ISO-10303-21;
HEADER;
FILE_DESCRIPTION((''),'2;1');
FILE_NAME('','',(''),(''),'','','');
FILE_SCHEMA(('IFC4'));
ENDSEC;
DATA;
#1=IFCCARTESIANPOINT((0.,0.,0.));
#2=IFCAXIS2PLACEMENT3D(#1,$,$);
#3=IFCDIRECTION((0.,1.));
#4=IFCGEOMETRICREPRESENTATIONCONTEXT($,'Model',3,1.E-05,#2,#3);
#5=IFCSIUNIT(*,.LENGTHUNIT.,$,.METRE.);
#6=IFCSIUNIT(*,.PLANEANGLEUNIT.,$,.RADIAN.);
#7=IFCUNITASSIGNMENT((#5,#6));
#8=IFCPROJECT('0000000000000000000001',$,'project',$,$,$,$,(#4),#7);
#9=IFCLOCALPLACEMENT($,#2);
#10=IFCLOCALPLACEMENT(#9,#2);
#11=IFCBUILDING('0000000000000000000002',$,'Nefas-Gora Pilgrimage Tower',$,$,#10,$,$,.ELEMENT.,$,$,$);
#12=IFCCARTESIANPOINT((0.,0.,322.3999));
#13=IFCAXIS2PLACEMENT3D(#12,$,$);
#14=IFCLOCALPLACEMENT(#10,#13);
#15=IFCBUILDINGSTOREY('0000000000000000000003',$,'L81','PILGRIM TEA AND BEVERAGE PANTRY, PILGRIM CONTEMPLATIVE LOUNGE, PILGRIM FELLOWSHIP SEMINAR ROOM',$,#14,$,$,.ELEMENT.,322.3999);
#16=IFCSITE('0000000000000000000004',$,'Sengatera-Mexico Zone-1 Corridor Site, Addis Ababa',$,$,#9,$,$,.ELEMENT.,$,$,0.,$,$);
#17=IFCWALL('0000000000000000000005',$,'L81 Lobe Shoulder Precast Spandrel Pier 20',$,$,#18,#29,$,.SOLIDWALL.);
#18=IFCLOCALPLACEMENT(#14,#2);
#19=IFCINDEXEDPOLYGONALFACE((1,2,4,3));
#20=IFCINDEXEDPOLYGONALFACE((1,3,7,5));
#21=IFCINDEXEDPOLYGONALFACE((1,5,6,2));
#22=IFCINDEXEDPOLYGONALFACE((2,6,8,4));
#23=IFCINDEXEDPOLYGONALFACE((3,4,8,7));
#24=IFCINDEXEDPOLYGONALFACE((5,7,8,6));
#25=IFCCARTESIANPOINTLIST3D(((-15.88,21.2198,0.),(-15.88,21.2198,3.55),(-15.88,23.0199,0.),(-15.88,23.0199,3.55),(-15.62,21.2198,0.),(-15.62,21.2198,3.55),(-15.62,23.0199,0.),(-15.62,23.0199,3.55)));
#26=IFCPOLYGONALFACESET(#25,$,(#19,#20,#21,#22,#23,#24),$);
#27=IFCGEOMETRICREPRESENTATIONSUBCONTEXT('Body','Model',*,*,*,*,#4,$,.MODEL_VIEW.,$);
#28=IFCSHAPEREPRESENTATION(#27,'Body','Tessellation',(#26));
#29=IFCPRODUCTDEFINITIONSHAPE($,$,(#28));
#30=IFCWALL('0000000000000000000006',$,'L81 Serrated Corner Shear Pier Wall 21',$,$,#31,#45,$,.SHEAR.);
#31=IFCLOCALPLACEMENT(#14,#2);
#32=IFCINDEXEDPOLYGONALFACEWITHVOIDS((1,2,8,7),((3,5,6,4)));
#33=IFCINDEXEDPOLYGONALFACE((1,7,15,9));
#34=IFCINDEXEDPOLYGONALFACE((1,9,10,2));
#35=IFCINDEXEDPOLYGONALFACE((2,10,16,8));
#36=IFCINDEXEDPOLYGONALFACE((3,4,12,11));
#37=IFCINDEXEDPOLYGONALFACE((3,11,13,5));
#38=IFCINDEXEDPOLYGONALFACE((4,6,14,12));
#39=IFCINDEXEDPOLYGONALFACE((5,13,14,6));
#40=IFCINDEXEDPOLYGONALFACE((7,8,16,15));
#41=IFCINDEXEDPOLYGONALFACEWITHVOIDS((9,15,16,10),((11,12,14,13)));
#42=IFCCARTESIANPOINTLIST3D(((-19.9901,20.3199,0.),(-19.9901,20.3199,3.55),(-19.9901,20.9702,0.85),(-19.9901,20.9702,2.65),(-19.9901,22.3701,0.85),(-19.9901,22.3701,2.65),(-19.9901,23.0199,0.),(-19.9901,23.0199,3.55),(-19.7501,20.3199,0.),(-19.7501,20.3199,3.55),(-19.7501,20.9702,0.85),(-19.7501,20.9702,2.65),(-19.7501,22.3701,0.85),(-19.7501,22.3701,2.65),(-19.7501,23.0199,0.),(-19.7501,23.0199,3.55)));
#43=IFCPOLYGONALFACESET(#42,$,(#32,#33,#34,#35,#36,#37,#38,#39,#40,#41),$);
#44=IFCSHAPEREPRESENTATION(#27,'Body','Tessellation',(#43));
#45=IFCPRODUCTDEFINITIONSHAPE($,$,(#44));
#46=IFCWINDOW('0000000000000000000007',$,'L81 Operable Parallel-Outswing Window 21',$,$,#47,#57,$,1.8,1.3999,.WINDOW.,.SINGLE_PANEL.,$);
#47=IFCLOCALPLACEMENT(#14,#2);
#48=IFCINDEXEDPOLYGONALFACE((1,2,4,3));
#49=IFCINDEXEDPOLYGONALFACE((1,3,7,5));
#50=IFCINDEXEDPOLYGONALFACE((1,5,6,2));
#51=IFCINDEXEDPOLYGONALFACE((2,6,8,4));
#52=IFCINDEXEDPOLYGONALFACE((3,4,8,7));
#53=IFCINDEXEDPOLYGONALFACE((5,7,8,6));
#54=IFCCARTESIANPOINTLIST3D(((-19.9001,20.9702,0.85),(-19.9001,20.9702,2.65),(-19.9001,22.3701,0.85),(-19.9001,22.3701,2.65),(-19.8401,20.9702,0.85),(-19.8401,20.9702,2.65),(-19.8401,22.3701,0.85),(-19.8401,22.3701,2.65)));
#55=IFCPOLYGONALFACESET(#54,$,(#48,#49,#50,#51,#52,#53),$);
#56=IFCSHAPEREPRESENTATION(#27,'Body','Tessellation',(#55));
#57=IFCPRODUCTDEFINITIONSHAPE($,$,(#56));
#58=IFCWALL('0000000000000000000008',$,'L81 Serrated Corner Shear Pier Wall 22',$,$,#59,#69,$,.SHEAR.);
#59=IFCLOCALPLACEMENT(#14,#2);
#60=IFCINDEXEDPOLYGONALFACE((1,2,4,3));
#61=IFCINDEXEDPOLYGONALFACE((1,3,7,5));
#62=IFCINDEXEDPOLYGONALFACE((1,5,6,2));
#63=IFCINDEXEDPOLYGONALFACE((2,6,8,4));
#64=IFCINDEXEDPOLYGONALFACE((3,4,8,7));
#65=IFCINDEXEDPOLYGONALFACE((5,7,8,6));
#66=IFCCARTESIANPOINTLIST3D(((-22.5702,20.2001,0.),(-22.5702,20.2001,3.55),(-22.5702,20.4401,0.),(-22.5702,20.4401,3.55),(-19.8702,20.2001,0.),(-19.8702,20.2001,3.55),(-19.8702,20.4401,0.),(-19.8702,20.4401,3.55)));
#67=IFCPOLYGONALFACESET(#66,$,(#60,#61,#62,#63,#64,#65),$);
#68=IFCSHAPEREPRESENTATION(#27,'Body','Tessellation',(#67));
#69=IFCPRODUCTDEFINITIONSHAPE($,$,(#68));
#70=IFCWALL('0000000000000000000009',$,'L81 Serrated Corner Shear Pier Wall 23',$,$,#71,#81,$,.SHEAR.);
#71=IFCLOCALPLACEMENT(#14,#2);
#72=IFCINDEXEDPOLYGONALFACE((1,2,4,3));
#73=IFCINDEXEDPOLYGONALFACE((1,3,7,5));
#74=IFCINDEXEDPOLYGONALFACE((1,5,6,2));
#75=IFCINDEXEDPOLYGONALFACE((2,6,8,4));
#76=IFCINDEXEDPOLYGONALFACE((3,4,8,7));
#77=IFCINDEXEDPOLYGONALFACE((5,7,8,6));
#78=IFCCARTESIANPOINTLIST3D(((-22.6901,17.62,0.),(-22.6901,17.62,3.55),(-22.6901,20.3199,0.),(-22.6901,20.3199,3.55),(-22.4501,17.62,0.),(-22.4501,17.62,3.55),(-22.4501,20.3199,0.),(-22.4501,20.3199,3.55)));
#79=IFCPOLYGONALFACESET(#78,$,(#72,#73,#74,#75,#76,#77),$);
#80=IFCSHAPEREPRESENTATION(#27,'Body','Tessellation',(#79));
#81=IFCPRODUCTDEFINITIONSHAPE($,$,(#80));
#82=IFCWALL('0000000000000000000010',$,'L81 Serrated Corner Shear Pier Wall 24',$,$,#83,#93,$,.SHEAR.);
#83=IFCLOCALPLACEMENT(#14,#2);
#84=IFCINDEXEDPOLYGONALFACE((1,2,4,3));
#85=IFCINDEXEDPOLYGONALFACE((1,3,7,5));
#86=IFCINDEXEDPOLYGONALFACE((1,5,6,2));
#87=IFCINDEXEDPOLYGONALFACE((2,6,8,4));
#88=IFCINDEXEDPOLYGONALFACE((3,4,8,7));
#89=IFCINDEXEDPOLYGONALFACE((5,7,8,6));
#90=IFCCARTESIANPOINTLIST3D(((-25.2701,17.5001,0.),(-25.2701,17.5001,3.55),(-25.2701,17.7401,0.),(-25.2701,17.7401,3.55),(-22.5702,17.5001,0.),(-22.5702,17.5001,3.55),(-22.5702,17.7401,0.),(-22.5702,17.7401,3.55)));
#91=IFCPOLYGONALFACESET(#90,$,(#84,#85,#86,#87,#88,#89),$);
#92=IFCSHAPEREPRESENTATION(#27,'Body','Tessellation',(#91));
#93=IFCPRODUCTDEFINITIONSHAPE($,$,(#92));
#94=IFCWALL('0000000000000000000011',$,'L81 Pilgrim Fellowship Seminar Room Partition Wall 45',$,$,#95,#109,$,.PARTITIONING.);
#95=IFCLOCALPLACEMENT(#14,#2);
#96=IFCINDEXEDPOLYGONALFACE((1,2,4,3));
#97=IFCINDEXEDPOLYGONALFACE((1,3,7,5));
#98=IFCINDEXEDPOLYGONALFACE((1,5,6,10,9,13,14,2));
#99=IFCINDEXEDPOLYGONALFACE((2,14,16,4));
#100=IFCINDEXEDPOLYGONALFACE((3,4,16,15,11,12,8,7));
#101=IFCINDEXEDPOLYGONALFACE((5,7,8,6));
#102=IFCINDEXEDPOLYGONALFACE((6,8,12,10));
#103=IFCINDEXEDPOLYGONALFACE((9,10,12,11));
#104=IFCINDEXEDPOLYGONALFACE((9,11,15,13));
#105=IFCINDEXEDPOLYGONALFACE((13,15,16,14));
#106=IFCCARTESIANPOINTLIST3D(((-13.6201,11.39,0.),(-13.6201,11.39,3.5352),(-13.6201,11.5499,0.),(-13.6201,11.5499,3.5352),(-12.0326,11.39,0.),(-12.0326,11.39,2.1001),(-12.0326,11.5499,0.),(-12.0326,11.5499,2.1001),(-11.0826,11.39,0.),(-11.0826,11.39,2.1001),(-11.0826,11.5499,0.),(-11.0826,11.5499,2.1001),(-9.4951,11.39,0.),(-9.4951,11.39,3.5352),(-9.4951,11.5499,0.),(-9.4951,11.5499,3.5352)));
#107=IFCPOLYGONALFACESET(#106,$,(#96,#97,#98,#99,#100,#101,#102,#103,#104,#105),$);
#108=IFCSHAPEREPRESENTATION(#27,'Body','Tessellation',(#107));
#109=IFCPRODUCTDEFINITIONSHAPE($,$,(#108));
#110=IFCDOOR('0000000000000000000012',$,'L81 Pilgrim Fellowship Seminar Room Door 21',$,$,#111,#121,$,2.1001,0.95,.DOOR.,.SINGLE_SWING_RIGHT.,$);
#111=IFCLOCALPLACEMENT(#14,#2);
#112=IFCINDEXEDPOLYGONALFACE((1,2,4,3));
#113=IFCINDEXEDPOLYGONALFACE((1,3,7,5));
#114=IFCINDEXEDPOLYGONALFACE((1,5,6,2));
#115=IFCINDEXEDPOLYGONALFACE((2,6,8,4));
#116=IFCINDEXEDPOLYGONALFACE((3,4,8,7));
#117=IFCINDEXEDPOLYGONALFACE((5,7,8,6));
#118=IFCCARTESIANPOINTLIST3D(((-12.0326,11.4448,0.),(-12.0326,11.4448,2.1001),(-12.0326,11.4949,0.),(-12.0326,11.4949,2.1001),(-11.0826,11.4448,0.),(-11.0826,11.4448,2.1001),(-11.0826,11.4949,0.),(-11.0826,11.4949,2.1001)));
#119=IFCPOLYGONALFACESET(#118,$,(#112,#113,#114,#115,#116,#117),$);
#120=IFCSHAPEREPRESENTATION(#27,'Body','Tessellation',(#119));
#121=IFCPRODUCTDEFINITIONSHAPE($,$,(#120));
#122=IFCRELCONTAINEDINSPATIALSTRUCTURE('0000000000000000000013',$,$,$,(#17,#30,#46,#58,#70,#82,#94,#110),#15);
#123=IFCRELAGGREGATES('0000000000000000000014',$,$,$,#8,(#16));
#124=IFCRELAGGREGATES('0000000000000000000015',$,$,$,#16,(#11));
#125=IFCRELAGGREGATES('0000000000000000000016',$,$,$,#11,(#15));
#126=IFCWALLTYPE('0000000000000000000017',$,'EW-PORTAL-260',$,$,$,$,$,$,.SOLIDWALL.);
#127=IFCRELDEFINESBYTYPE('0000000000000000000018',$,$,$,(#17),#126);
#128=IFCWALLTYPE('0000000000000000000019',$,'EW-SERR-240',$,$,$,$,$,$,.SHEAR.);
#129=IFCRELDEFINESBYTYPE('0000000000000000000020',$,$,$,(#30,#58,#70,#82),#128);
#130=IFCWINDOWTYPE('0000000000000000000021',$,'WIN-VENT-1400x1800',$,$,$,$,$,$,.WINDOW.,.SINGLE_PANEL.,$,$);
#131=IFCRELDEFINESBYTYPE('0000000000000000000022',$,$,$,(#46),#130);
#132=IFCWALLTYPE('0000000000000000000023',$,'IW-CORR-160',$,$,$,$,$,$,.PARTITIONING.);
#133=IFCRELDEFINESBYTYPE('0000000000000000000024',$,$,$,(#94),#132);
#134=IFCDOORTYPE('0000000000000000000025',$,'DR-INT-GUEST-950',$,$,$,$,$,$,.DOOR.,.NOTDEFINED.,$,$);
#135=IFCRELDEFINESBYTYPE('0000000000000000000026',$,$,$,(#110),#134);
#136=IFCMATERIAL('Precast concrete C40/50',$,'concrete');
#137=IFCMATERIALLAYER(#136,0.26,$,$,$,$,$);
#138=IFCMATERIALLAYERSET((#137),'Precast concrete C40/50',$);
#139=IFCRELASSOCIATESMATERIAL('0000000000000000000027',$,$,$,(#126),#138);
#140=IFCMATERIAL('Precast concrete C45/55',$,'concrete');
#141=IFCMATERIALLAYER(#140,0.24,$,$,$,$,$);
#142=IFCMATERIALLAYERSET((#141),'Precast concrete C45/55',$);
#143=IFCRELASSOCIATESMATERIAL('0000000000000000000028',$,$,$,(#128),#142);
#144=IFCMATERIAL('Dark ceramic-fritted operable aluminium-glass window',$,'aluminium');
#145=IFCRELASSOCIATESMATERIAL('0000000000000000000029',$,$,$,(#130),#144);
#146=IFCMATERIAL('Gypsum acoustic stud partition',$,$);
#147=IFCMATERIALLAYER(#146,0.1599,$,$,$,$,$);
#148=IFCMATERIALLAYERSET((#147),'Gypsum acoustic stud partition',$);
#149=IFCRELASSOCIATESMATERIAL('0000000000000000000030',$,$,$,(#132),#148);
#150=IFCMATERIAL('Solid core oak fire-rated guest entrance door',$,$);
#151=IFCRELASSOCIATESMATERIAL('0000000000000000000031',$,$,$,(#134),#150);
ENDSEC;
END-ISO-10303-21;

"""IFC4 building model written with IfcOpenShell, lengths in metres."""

from ifc_helpers import new_model, si_unit, direction, frame, frame_2d, origin, place, context, subcontext, project, spatial, rectangle, extrude, source, transform, mapped, material, layer, layer_set, type_object, element, fill, save


model = new_model("IFC4")

# Units and contexts
model_context = context("Model", 3, precision=1e-05, world=origin(), true_north=direction((0.0, 1.0)))
body_context = subcontext(model_context, "Body", "Model", "MODEL_VIEW")
ifc_project = project(units=[si_unit("LENGTHUNIT", "METRE"), si_unit("PLANEANGLEUNIT", "RADIAN")], contexts=[model_context])

# Site, building, storey
site_placement = place(None, origin())
site = spatial("IfcSite", under=ifc_project, at=site_placement, Name="Sengatera-Mexico Zone-1 Corridor Site, Addis Ababa", CompositionType="ELEMENT", RefElevation=0.0)
building_placement = place(site_placement, origin())
building = spatial("IfcBuilding", under=site, at=building_placement, Name="Nefas-Gora Pilgrimage Tower", CompositionType="ELEMENT")
storey_placement = place(building_placement, frame((0.0, 0.0, 322.3999)))
storey = spatial("IfcBuildingStorey", under=building, at=storey_placement, Name="L81", Description="PILGRIM TEA AND BEVERAGE PANTRY, PILGRIM CONTEMPLATIVE LOUNGE, PILGRIM FELLOWSHIP SEMINAR ROOM", CompositionType="ELEMENT", Elevation=322.3999)

# Wall
ifc_material_1 = material(Name="Precast concrete C40/50", Category="concrete")
ifc_layer_1 = layer(ifc_material_1, 0.26)
ifc_layer_set_1 = layer_set([ifc_layer_1], Name="Precast concrete C40/50")
wall_type_1 = type_object("IfcWallType", Name="EW-PORTAL-260", PredefinedType="SOLIDWALL", material=ifc_layer_set_1)
shared_shape_1 = source(origin(), body_context, "Body", "SweptSolid", [
    extrude(rectangle(XDim=1.8, YDim=0.26, at=frame_2d((0.8999, 0.0))), origin(), (0.0, 0.0, 1.0), 3.55),
])
wall_1_placement = place(storey_placement, frame((-15.75, 21.22, 0.0), z_axis=(0.0, 0.0, 1.0), x_axis=(0.0, 1.0, 0.0)))
element("IfcWall", 1, at=wall_1_placement, inside=storey, type_object=wall_type_1, Name="L81 Lobe Shoulder Precast Spandrel Pier 20", PredefinedType="SOLIDWALL", context=body_context, shape_type="MappedRepresentation", body=[
    mapped(shared_shape_1, transform((0.0, 0.0, 0.0), x_axis=(1.0, 0.0, 0.0), y_axis=(0.0, 1.0, 0.0), z_axis=(0.0, 0.0, 1.0), scale=1.0)),
])

# Wall, opening, window
ifc_material_2 = material(Name="Precast concrete C45/55", Category="concrete")
ifc_layer_2 = layer(ifc_material_2, 0.24)
ifc_layer_set_2 = layer_set([ifc_layer_2], Name="Precast concrete C45/55")
wall_type_2 = type_object("IfcWallType", Name="EW-SERR-240", PredefinedType="SHEAR", material=ifc_layer_set_2)
shared_shape_2 = source(origin(), body_context, "Body", "SweptSolid", [
    extrude(rectangle(XDim=2.7, YDim=0.24, at=frame_2d((1.3501, 0.0))), origin(), (0.0, 0.0, 1.0), 3.55),
])
wall_2_placement = place(storey_placement, frame((-19.8701, 23.02, 0.0), z_axis=(0.0, 0.0, 1.0), x_axis=(0.0, -1.0, 0.0)))
wall_2 = element("IfcWall", 2, at=wall_2_placement, inside=storey, type_object=wall_type_2, Name="L81 Serrated Corner Shear Pier Wall 21", PredefinedType="SHEAR", context=body_context, shape_type="MappedRepresentation", body=[
    mapped(shared_shape_2, transform((0.0, 0.0, 0.0), x_axis=(1.0, 0.0, 0.0), y_axis=(0.0, 1.0, 0.0), z_axis=(0.0, 0.0, 1.0), scale=1.0)),
])
opening_1_placement = place(wall_2_placement, frame((0.6499, 0.0, 0.8501)))
opening_1 = element("IfcOpeningElement", 3, at=opening_1_placement, cuts=wall_2, PredefinedType="OPENING", context=body_context, shape_type="SweptSolid", body=[
    extrude(rectangle(XDim=1.3999, YDim=1.8, at=frame_2d((0.7, 0.8999))), frame((0.0, 0.1299, 0.0), z_axis=(0.0, -1.0, 0.0), x_axis=(1.0, 0.0, 0.0)), (0.0, 0.0, 1.0), 0.26),
])
ifc_material_3 = material(Name="Dark ceramic-fritted operable aluminium-glass window", Category="aluminium")
window_type = type_object("IfcWindowType", Name="WIN-VENT-1400x1800", PartitioningType="SINGLE_PANEL", PredefinedType="WINDOW", material=ifc_material_3)
shared_shape_3 = source(origin(), body_context, "Body", "SweptSolid", [
    extrude(rectangle(XDim=1.3999, YDim=1.8, at=frame_2d((0.7, 0.8999))), frame((0.0, 0.03, 0.0), z_axis=(0.0, -1.0, 0.0), x_axis=(1.0, 0.0, 0.0)), (0.0, 0.0, 1.0), 0.0601),
])
window_placement = place(opening_1_placement, origin())
window = element("IfcWindow", 4, at=window_placement, inside=storey, type_object=window_type, Name="L81 Operable Parallel-Outswing Window 21", OverallHeight=1.8, OverallWidth=1.3999, PartitioningType="SINGLE_PANEL", PredefinedType="WINDOW", context=body_context, shape_type="MappedRepresentation", body=[
    mapped(shared_shape_3, transform((0.0, 0.0, 0.0), x_axis=(1.0, 0.0, 0.0), y_axis=(0.0, 1.0, 0.0), z_axis=(0.0, 0.0, 1.0), scale=1.0)),
])
fill(opening_1, window)

# Walls
for number, where, z_axis, x_axis, name in (
    (5, (-19.8701, 20.3201, 0.0), (0.0, 0.0, 1.0), (-1.0, 0.0, 0.0), "L81 Serrated Corner Shear Pier Wall 22"),
    (6, (-22.5701, 20.3201, 0.0), (0.0, 0.0, 1.0), (0.0, -1.0, 0.0), "L81 Serrated Corner Shear Pier Wall 23"),
    (7, (-22.5701, 17.6201, 0.0), (0.0, 0.0, 1.0), (-1.0, 0.0, 0.0), "L81 Serrated Corner Shear Pier Wall 24"),
):
    element("IfcWall", number, at=place(storey_placement, frame(where, z_axis=z_axis, x_axis=x_axis)), inside=storey, type_object=wall_type_2, Name=name, PredefinedType="SHEAR", context=body_context, shape_type="MappedRepresentation", body=[
        mapped(shared_shape_2, transform((0.0, 0.0, 0.0), x_axis=(1.0, 0.0, 0.0), y_axis=(0.0, 1.0, 0.0), z_axis=(0.0, 0.0, 1.0), scale=1.0)),
    ])

# Wall, opening, door
ifc_material_4 = material(Name="Gypsum acoustic stud partition")
ifc_layer_3 = layer(ifc_material_4, 0.1599)
ifc_layer_set_3 = layer_set([ifc_layer_3], Name="Gypsum acoustic stud partition")
wall_type_3 = type_object("IfcWallType", Name="IW-CORR-160", PredefinedType="PARTITIONING", material=ifc_layer_set_3)
shared_shape_4 = source(origin(), body_context, "Body", "SweptSolid", [
    extrude(rectangle(XDim=4.125, YDim=0.1599, at=frame_2d((2.0625, 0.0))), origin(), (0.0, 0.0, 1.0), 3.5352),
])
wall_3_placement = place(storey_placement, frame((-13.6201, 11.47, 0.0), z_axis=(0.0, 0.0, 1.0), x_axis=(1.0, 0.0, 0.0)))
wall_3 = element("IfcWall", 8, at=wall_3_placement, inside=storey, type_object=wall_type_3, Name="L81 Pilgrim Fellowship Seminar Room Partition Wall 45", PredefinedType="PARTITIONING", context=body_context, shape_type="MappedRepresentation", body=[
    mapped(shared_shape_4, transform((0.0, 0.0, 0.0), x_axis=(1.0, 0.0, 0.0), y_axis=(0.0, 1.0, 0.0), z_axis=(0.0, 0.0, 1.0), scale=1.0)),
])
opening_2_placement = place(wall_3_placement, frame((1.5874, 0.0, 0.0)))
opening_2 = element("IfcOpeningElement", 9, at=opening_2_placement, cuts=wall_3, PredefinedType="OPENING", context=body_context, shape_type="SweptSolid", body=[
    extrude(rectangle(XDim=0.95, YDim=2.1001, at=frame_2d((0.4751, 1.05))), frame((0.0, 0.0898, 0.0), z_axis=(0.0, -1.0, 0.0), x_axis=(1.0, 0.0, 0.0)), (0.0, 0.0, 1.0), 0.1799),
])
ifc_material_5 = material(Name="Solid core oak fire-rated guest entrance door")
door_type = type_object("IfcDoorType", Name="DR-INT-GUEST-950", OperationType="NOTDEFINED", PredefinedType="DOOR", material=ifc_material_5)
shared_shape_5 = source(origin(), body_context, "Body", "SweptSolid", [
    extrude(rectangle(XDim=0.95, YDim=2.1001, at=frame_2d((0.4751, 1.05))), frame((0.0, 0.0249, 0.0), z_axis=(0.0, -1.0, 0.0), x_axis=(1.0, 0.0, 0.0)), (0.0, 0.0, 1.0), 0.05),
])
door_placement = place(opening_2_placement, origin())
door = element("IfcDoor", 10, at=door_placement, inside=storey, type_object=door_type, Name="L81 Pilgrim Fellowship Seminar Room Door 21", OperationType="SINGLE_SWING_RIGHT", OverallHeight=2.1001, OverallWidth=0.95, PredefinedType="DOOR", context=body_context, shape_type="MappedRepresentation", body=[
    mapped(shared_shape_5, transform((0.0, 0.0, 0.0), x_axis=(1.0, 0.0, 0.0), y_axis=(0.0, 1.0, 0.0), z_axis=(0.0, 0.0, 1.0), scale=1.0)),
])
fill(opening_2, door)

save(model, "model.ifc")
